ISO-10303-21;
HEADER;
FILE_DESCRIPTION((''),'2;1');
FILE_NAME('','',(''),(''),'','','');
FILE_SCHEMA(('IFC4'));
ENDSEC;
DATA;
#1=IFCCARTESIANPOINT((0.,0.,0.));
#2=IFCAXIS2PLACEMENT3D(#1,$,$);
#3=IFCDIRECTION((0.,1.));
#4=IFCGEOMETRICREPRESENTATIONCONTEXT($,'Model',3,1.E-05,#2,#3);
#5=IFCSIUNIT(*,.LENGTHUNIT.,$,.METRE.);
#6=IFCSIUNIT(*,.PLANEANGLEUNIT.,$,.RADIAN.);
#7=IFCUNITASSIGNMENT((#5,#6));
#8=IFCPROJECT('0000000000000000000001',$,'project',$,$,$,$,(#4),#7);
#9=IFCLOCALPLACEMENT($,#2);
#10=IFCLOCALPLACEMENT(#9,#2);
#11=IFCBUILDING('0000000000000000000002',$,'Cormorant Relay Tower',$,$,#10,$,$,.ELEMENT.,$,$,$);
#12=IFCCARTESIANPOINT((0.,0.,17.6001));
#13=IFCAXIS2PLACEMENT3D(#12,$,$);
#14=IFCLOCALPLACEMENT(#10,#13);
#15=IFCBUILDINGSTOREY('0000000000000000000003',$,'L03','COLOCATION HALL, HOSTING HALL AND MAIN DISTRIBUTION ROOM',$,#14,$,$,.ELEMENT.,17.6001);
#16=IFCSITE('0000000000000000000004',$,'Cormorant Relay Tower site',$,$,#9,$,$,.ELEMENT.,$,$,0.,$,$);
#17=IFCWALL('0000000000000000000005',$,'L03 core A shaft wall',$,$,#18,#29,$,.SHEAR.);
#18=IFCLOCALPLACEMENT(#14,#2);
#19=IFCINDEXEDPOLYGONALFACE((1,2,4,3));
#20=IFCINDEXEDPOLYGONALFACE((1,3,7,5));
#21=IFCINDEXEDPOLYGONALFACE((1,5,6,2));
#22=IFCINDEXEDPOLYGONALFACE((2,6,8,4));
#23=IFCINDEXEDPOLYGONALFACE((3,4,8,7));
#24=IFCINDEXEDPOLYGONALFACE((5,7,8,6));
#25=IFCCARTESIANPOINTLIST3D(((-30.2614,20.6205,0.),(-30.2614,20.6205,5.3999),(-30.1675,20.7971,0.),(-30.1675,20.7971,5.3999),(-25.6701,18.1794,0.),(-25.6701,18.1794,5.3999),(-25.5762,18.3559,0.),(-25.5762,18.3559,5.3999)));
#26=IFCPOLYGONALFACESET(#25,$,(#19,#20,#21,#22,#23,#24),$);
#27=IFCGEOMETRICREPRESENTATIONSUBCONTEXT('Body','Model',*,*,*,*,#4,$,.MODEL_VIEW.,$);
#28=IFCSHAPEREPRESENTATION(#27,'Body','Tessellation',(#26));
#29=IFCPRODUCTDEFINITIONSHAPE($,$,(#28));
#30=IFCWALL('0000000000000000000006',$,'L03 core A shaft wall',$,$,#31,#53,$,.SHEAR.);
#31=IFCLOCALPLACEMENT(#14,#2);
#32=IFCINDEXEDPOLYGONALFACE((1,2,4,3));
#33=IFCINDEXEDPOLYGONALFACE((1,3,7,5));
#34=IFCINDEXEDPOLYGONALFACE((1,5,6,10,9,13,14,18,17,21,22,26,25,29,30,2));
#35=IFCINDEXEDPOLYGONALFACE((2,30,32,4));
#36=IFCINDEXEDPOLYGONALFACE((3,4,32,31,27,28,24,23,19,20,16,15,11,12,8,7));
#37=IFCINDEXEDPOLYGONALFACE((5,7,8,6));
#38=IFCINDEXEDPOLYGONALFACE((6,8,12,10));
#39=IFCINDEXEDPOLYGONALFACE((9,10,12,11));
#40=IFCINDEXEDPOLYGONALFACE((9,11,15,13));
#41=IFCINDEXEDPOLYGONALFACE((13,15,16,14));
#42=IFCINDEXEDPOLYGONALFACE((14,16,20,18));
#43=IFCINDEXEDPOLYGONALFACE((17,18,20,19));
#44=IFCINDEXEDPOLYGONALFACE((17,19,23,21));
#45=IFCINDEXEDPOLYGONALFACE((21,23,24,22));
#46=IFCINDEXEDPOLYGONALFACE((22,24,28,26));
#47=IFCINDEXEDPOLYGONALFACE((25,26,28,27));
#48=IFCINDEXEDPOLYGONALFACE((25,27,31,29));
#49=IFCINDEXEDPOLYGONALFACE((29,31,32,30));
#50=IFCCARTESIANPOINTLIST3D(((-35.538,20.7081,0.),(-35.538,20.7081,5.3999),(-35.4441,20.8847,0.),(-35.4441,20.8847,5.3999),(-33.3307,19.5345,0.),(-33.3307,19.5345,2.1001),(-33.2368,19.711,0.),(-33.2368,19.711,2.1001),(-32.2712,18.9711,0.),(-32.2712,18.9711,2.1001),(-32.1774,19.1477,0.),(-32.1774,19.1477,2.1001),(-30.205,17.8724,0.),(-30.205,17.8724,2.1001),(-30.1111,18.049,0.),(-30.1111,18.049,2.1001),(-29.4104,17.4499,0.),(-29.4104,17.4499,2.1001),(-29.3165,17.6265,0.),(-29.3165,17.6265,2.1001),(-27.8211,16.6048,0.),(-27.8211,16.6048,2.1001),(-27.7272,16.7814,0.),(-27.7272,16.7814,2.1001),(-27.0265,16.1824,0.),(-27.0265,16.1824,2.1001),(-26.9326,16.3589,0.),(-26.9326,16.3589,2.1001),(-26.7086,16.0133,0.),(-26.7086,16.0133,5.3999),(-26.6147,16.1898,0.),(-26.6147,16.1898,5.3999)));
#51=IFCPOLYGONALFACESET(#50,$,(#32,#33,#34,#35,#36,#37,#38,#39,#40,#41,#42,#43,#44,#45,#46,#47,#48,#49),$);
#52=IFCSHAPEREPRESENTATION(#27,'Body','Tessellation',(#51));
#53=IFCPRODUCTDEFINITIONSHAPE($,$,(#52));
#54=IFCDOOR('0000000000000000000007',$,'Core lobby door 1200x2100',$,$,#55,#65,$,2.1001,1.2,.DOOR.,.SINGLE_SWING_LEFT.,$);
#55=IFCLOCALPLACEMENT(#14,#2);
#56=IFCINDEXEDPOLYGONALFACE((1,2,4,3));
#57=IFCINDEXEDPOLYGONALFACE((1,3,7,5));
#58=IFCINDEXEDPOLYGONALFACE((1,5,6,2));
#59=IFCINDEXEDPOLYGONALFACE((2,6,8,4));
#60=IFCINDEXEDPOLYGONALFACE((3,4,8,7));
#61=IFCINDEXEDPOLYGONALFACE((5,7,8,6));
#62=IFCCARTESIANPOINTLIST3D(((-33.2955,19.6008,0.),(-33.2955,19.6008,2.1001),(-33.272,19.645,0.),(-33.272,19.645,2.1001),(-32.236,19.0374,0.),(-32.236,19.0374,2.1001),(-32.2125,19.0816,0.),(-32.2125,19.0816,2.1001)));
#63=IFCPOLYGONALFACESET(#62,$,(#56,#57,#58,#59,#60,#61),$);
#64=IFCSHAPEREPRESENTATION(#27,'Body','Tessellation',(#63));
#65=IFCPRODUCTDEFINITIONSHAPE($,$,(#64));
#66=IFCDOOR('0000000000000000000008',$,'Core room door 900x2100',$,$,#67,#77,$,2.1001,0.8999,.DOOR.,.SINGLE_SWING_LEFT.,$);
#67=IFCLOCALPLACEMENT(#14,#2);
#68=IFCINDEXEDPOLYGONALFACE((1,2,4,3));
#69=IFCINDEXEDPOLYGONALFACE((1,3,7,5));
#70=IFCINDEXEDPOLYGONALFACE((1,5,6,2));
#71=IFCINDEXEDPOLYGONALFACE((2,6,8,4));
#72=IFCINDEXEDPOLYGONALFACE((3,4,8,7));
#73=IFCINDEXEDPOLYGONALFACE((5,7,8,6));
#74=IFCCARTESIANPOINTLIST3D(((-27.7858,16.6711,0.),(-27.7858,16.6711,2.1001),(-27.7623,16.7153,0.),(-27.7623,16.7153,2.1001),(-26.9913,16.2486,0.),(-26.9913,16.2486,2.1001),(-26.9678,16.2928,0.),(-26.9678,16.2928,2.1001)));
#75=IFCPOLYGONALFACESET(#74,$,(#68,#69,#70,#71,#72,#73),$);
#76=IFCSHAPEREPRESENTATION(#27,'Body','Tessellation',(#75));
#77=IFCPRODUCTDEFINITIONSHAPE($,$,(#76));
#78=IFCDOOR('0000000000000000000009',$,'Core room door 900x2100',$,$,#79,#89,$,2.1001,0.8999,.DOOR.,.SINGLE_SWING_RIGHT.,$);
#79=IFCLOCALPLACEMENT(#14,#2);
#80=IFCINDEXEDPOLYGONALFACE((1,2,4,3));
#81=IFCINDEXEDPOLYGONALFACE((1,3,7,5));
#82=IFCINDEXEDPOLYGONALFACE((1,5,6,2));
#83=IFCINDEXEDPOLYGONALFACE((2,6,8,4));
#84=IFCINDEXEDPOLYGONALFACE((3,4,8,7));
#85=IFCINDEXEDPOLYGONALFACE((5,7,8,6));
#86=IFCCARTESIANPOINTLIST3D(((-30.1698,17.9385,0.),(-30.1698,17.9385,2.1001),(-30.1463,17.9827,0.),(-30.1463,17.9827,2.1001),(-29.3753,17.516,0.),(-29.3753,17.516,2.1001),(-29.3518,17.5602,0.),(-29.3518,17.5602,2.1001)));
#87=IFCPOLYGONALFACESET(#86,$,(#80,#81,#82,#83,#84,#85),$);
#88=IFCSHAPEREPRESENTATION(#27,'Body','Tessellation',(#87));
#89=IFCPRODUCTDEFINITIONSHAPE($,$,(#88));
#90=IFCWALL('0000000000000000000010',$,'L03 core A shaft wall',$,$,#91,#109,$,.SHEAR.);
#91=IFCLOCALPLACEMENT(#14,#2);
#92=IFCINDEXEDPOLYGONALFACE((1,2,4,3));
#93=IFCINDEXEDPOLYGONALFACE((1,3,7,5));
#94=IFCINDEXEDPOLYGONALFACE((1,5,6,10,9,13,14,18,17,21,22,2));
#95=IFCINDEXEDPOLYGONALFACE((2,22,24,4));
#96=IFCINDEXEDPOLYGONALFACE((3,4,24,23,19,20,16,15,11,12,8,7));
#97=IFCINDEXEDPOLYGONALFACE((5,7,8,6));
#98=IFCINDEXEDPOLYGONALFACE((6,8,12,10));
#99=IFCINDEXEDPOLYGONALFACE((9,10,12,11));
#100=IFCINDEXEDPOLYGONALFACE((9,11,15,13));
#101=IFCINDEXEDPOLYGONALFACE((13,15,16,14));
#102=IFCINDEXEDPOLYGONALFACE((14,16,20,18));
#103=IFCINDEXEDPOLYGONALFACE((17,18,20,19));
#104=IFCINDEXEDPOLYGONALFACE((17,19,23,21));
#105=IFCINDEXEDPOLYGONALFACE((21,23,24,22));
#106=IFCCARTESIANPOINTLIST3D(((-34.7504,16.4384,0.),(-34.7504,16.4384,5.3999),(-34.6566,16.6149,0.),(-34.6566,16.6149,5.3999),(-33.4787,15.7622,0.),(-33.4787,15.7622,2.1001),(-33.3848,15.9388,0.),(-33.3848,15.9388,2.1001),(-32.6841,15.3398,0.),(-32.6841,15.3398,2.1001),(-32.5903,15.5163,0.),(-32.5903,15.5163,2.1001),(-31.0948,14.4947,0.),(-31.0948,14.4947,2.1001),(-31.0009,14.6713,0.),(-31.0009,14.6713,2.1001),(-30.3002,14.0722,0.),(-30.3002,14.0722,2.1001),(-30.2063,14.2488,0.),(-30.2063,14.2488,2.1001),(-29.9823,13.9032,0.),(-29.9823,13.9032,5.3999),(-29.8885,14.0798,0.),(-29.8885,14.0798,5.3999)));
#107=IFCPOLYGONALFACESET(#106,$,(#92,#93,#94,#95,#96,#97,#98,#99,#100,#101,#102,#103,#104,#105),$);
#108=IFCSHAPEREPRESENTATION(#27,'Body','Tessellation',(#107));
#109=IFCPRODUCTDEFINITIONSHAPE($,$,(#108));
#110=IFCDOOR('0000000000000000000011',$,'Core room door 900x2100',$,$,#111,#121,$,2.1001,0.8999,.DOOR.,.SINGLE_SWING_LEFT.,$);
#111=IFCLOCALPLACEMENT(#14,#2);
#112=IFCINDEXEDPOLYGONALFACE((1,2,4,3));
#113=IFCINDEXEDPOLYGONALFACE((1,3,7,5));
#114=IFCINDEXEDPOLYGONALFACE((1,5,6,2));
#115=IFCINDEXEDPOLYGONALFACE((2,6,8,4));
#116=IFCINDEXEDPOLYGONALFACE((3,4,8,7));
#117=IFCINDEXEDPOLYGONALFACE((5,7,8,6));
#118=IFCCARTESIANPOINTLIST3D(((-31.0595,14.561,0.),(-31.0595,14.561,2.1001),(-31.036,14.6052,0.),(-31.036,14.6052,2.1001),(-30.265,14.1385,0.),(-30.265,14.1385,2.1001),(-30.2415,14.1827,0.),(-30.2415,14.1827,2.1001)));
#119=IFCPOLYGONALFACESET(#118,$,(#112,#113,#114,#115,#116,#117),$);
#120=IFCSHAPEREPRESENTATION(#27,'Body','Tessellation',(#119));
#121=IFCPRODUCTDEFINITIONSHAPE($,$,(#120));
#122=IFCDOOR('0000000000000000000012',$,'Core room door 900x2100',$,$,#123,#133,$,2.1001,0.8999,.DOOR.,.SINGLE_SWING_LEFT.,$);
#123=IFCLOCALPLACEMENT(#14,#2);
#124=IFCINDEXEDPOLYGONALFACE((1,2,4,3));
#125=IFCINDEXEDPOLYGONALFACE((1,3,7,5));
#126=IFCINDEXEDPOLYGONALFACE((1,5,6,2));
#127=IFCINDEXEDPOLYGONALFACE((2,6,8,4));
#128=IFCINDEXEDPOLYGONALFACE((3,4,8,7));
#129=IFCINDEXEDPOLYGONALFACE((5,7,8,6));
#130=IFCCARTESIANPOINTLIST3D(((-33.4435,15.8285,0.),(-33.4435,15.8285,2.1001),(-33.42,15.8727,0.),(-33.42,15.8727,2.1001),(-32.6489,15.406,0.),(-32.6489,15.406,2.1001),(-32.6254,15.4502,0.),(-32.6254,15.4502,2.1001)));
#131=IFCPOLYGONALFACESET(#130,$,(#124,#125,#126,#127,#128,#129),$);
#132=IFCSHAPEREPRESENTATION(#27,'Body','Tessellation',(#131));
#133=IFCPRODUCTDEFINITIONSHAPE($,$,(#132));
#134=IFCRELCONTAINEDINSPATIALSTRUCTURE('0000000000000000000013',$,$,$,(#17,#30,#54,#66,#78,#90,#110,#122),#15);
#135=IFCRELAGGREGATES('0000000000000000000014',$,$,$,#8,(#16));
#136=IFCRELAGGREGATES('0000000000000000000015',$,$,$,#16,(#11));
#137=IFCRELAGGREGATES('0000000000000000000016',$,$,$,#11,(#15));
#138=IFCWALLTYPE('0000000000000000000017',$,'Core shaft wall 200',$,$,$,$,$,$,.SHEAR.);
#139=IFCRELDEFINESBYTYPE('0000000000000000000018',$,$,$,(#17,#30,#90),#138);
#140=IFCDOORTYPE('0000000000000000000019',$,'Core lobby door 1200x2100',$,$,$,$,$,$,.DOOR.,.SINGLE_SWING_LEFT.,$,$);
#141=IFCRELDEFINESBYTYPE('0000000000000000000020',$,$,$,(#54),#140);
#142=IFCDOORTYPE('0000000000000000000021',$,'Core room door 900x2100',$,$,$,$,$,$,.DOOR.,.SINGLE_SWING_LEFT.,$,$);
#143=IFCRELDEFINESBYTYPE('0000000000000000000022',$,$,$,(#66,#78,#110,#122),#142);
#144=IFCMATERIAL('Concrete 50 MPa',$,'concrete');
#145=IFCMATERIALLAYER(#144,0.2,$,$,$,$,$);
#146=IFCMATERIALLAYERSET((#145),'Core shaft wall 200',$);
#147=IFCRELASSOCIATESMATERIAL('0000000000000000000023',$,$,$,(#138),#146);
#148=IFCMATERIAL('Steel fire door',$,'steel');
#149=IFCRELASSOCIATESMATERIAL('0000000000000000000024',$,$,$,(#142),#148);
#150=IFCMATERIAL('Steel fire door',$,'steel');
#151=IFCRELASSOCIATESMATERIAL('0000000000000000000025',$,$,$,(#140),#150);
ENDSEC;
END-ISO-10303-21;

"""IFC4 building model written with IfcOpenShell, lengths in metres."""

from ifc_helpers import new_model, si_unit, direction, frame, frame_2d, origin, place, context, subcontext, project, spatial, rectangle, extrude, material, layer, layer_set, type_object, element, fill, save


model = new_model("IFC4")

# Units and contexts
model_context = context("Model", 3, precision=1e-05, world=origin(), true_north=direction((0.0, 1.0)))
body_context = subcontext(model_context, "Body", "Model", "MODEL_VIEW")
ifc_project = project(units=[si_unit("LENGTHUNIT", "METRE"), si_unit("PLANEANGLEUNIT", "RADIAN")], contexts=[model_context])

# Site, building, storey
site_placement = place(None, origin())
site = spatial("IfcSite", under=ifc_project, at=site_placement, Name="Cormorant Relay Tower site", CompositionType="ELEMENT", RefElevation=0.0)
building_placement = place(site_placement, origin())
building = spatial("IfcBuilding", under=site, at=building_placement, Name="Cormorant Relay Tower", CompositionType="ELEMENT")
storey_placement = place(building_placement, frame((0.0, 0.0, 17.6001)))
storey = spatial("IfcBuildingStorey", under=building, at=storey_placement, Name="L03", Description="COLOCATION HALL, HOSTING HALL AND MAIN DISTRIBUTION ROOM", CompositionType="ELEMENT", Elevation=17.6001)

# Shared definitions
ifc_material_1 = material(Name="Concrete 50 MPa", Category="concrete")
ifc_layer_1 = layer(ifc_material_1, 0.2)
ifc_layer_set_1 = layer_set([ifc_layer_1], Name="Core shaft wall 200")
wall_type_1 = type_object("IfcWallType", Name="Core shaft wall 200", PredefinedType="SHEAR", material=ifc_layer_set_1)
ifc_material_2 = material(Name="Steel fire door", Category="steel")
door_type_1 = type_object("IfcDoorType", Name="Core room door 900x2100", OperationType="SINGLE_SWING_LEFT", PredefinedType="DOOR", material=ifc_material_2)

# Wall
wall_1_placement = place(storey_placement, frame((-25.623, 18.2676, 0.0), z_axis=(0.0, 0.0, 1.0), x_axis=(-0.882954, 0.46946, 0.0)))
element("IfcWall", 1, at=wall_1_placement, inside=storey, type_object=wall_type_1, Name="L03 core A shaft wall", PredefinedType="SHEAR", context=body_context, shape_type="SweptSolid", body=[
    extrude(rectangle(XDim=5.2, YDim=0.2, at=frame_2d((2.6001, 0.0))), origin(), (0.0, 0.0, 1.0), 5.3999),
])

# Walls, openings, doors
wall_2_placement = place(storey_placement, frame((-26.6616, 16.1016, 0.0), z_axis=(0.0, 0.0, 1.0), x_axis=(-0.88294, 0.469485, 0.0)))
wall_2 = element("IfcWall", 2, at=wall_2_placement, inside=storey, type_object=wall_type_1, Name="L03 core A shaft wall", PredefinedType="SHEAR", context=body_context, shape_type="SweptSolid", body=[
    extrude(rectangle(XDim=10.0, YDim=0.2, at=frame_2d((5.0, 0.0))), origin(), (0.0, 0.0, 1.0), 5.3999),
])
opening_1_placement = place(wall_2_placement, frame((6.3, 0.0, 0.0)))
opening_1 = element("IfcOpeningElement", 3, at=opening_1_placement, cuts=wall_2, PredefinedType="OPENING", context=body_context, shape_type="SweptSolid", body=[
    extrude(rectangle(XDim=1.2, YDim=2.1001, at=frame_2d((0.6001, 1.05))), frame((0.0, 0.1099, 0.0), z_axis=(0.0, -1.0, 0.0), x_axis=(1.0, 0.0, 0.0)), (0.0, 0.0, 1.0), 0.22),
])
opening_2_placement = place(wall_2_placement, frame((0.3601, 0.0, 0.0)))
opening_2 = element("IfcOpeningElement", 4, at=opening_2_placement, cuts=wall_2, PredefinedType="OPENING", context=body_context, shape_type="SweptSolid", body=[
    extrude(rectangle(XDim=0.8999, YDim=2.1001, at=frame_2d((0.45, 1.05))), frame((0.0, 0.1099, 0.0), z_axis=(0.0, -1.0, 0.0), x_axis=(1.0, 0.0, 0.0)), (0.0, 0.0, 1.0), 0.22),
])
opening_3_placement = place(wall_2_placement, frame((3.0601, 0.0, 0.0)))
opening_3 = element("IfcOpeningElement", 5, at=opening_3_placement, cuts=wall_2, PredefinedType="OPENING", context=body_context, shape_type="SweptSolid", body=[
    extrude(rectangle(XDim=0.8999, YDim=2.1001, at=frame_2d((0.45, 1.05))), frame((0.0, 0.1099, 0.0), z_axis=(0.0, -1.0, 0.0), x_axis=(1.0, 0.0, 0.0)), (0.0, 0.0, 1.0), 0.22),
])
ifc_material_3 = material(Name="Steel fire door", Category="steel")
door_type_2 = type_object("IfcDoorType", Name="Core lobby door 1200x2100", OperationType="SINGLE_SWING_LEFT", PredefinedType="DOOR", material=ifc_material_3)
door_1_placement = place(opening_1_placement, origin())
door_1 = element("IfcDoor", 6, at=door_1_placement, inside=storey, type_object=door_type_2, Name="Core lobby door 1200x2100", OperationType="SINGLE_SWING_LEFT", OverallHeight=2.1001, OverallWidth=1.2, PredefinedType="DOOR", context=body_context, shape_type="SweptSolid", body=[
    extrude(rectangle(XDim=1.2, YDim=2.1001, at=frame_2d((0.6001, 1.05))), frame((0.0, 0.0249, 0.0), z_axis=(0.0, -1.0, 0.0), x_axis=(1.0, 0.0, 0.0)), (0.0, 0.0, 1.0), 0.05),
])
fill(opening_1, door_1)
door_2_placement = place(opening_2_placement, origin())
door_2 = element("IfcDoor", 7, at=door_2_placement, inside=storey, type_object=door_type_1, Name="Core room door 900x2100", OperationType="SINGLE_SWING_LEFT", OverallHeight=2.1001, OverallWidth=0.8999, PredefinedType="DOOR", context=body_context, shape_type="SweptSolid", body=[
    extrude(rectangle(XDim=0.8999, YDim=2.1001, at=frame_2d((0.45, 1.05))), frame((0.0, 0.0249, 0.0), z_axis=(0.0, -1.0, 0.0), x_axis=(1.0, 0.0, 0.0)), (0.0, 0.0, 1.0), 0.05),
])
fill(opening_2, door_2)
door_3_placement = place(opening_3_placement, frame((0.8999, 0.0, 0.0), z_axis=(0.0, 0.0, 1.0), x_axis=(-1.0, 0.0, 0.0)))
door_3 = element("IfcDoor", 8, at=door_3_placement, inside=storey, type_object=door_type_1, Name="Core room door 900x2100", OperationType="SINGLE_SWING_RIGHT", OverallHeight=2.1001, OverallWidth=0.8999, PredefinedType="DOOR", context=body_context, shape_type="SweptSolid", body=[
    extrude(rectangle(XDim=0.8999, YDim=2.1001, at=frame_2d((0.45, 1.05))), frame((0.0, 0.0249, 0.0), z_axis=(0.0, -1.0, 0.0), x_axis=(1.0, 0.0, 0.0)), (0.0, 0.0, 1.0), 0.05),
])
fill(opening_3, door_3)
wall_3_placement = place(storey_placement, frame((-29.9353, 13.9915, 0.0), z_axis=(0.0, 0.0, 1.0), x_axis=(-0.882953, 0.469462, 0.0)))
wall_3 = element("IfcWall", 9, at=wall_3_placement, inside=storey, type_object=wall_type_1, Name="L03 core A shaft wall", PredefinedType="SHEAR", context=body_context, shape_type="SweptSolid", body=[
    extrude(rectangle(XDim=5.4001, YDim=0.2, at=frame_2d((2.7002, 0.0))), origin(), (0.0, 0.0, 1.0), 5.3999),
])
opening_4_placement = place(wall_3_placement, frame((0.3601, 0.0, 0.0)))
opening_4 = element("IfcOpeningElement", 10, at=opening_4_placement, cuts=wall_3, PredefinedType="OPENING", context=body_context, shape_type="SweptSolid", body=[
    extrude(rectangle(XDim=0.8999, YDim=2.1001, at=frame_2d((0.45, 1.05))), frame((0.0, 0.1099, 0.0), z_axis=(0.0, -1.0, 0.0), x_axis=(1.0, 0.0, 0.0)), (0.0, 0.0, 1.0), 0.22),
])
opening_5_placement = place(wall_3_placement, frame((3.0601, 0.0, 0.0)))
opening_5 = element("IfcOpeningElement", 11, at=opening_5_placement, cuts=wall_3, PredefinedType="OPENING", context=body_context, shape_type="SweptSolid", body=[
    extrude(rectangle(XDim=0.8999, YDim=2.1001, at=frame_2d((0.45, 1.05))), frame((0.0, 0.1099, 0.0), z_axis=(0.0, -1.0, 0.0), x_axis=(1.0, 0.0, 0.0)), (0.0, 0.0, 1.0), 0.22),
])
door_4_placement = place(opening_4_placement, origin())
door_4 = element("IfcDoor", 12, at=door_4_placement, inside=storey, type_object=door_type_1, Name="Core room door 900x2100", OperationType="SINGLE_SWING_LEFT", OverallHeight=2.1001, OverallWidth=0.8999, PredefinedType="DOOR", context=body_context, shape_type="SweptSolid", body=[
    extrude(rectangle(XDim=0.8999, YDim=2.1001, at=frame_2d((0.45, 1.05))), frame((0.0, 0.0249, 0.0), z_axis=(0.0, -1.0, 0.0), x_axis=(1.0, 0.0, 0.0)), (0.0, 0.0, 1.0), 0.05),
])
fill(opening_4, door_4)
door_5_placement = place(opening_5_placement, origin())
door_5 = element("IfcDoor", 13, at=door_5_placement, inside=storey, type_object=door_type_1, Name="Core room door 900x2100", OperationType="SINGLE_SWING_LEFT", OverallHeight=2.1001, OverallWidth=0.8999, PredefinedType="DOOR", context=body_context, shape_type="SweptSolid", body=[
    extrude(rectangle(XDim=0.8999, YDim=2.1001, at=frame_2d((0.45, 1.05))), frame((0.0, 0.0249, 0.0), z_axis=(0.0, -1.0, 0.0), x_axis=(1.0, 0.0, 0.0)), (0.0, 0.0, 1.0), 0.05),
])
fill(opening_5, door_5)

save(model, "model.ifc")
